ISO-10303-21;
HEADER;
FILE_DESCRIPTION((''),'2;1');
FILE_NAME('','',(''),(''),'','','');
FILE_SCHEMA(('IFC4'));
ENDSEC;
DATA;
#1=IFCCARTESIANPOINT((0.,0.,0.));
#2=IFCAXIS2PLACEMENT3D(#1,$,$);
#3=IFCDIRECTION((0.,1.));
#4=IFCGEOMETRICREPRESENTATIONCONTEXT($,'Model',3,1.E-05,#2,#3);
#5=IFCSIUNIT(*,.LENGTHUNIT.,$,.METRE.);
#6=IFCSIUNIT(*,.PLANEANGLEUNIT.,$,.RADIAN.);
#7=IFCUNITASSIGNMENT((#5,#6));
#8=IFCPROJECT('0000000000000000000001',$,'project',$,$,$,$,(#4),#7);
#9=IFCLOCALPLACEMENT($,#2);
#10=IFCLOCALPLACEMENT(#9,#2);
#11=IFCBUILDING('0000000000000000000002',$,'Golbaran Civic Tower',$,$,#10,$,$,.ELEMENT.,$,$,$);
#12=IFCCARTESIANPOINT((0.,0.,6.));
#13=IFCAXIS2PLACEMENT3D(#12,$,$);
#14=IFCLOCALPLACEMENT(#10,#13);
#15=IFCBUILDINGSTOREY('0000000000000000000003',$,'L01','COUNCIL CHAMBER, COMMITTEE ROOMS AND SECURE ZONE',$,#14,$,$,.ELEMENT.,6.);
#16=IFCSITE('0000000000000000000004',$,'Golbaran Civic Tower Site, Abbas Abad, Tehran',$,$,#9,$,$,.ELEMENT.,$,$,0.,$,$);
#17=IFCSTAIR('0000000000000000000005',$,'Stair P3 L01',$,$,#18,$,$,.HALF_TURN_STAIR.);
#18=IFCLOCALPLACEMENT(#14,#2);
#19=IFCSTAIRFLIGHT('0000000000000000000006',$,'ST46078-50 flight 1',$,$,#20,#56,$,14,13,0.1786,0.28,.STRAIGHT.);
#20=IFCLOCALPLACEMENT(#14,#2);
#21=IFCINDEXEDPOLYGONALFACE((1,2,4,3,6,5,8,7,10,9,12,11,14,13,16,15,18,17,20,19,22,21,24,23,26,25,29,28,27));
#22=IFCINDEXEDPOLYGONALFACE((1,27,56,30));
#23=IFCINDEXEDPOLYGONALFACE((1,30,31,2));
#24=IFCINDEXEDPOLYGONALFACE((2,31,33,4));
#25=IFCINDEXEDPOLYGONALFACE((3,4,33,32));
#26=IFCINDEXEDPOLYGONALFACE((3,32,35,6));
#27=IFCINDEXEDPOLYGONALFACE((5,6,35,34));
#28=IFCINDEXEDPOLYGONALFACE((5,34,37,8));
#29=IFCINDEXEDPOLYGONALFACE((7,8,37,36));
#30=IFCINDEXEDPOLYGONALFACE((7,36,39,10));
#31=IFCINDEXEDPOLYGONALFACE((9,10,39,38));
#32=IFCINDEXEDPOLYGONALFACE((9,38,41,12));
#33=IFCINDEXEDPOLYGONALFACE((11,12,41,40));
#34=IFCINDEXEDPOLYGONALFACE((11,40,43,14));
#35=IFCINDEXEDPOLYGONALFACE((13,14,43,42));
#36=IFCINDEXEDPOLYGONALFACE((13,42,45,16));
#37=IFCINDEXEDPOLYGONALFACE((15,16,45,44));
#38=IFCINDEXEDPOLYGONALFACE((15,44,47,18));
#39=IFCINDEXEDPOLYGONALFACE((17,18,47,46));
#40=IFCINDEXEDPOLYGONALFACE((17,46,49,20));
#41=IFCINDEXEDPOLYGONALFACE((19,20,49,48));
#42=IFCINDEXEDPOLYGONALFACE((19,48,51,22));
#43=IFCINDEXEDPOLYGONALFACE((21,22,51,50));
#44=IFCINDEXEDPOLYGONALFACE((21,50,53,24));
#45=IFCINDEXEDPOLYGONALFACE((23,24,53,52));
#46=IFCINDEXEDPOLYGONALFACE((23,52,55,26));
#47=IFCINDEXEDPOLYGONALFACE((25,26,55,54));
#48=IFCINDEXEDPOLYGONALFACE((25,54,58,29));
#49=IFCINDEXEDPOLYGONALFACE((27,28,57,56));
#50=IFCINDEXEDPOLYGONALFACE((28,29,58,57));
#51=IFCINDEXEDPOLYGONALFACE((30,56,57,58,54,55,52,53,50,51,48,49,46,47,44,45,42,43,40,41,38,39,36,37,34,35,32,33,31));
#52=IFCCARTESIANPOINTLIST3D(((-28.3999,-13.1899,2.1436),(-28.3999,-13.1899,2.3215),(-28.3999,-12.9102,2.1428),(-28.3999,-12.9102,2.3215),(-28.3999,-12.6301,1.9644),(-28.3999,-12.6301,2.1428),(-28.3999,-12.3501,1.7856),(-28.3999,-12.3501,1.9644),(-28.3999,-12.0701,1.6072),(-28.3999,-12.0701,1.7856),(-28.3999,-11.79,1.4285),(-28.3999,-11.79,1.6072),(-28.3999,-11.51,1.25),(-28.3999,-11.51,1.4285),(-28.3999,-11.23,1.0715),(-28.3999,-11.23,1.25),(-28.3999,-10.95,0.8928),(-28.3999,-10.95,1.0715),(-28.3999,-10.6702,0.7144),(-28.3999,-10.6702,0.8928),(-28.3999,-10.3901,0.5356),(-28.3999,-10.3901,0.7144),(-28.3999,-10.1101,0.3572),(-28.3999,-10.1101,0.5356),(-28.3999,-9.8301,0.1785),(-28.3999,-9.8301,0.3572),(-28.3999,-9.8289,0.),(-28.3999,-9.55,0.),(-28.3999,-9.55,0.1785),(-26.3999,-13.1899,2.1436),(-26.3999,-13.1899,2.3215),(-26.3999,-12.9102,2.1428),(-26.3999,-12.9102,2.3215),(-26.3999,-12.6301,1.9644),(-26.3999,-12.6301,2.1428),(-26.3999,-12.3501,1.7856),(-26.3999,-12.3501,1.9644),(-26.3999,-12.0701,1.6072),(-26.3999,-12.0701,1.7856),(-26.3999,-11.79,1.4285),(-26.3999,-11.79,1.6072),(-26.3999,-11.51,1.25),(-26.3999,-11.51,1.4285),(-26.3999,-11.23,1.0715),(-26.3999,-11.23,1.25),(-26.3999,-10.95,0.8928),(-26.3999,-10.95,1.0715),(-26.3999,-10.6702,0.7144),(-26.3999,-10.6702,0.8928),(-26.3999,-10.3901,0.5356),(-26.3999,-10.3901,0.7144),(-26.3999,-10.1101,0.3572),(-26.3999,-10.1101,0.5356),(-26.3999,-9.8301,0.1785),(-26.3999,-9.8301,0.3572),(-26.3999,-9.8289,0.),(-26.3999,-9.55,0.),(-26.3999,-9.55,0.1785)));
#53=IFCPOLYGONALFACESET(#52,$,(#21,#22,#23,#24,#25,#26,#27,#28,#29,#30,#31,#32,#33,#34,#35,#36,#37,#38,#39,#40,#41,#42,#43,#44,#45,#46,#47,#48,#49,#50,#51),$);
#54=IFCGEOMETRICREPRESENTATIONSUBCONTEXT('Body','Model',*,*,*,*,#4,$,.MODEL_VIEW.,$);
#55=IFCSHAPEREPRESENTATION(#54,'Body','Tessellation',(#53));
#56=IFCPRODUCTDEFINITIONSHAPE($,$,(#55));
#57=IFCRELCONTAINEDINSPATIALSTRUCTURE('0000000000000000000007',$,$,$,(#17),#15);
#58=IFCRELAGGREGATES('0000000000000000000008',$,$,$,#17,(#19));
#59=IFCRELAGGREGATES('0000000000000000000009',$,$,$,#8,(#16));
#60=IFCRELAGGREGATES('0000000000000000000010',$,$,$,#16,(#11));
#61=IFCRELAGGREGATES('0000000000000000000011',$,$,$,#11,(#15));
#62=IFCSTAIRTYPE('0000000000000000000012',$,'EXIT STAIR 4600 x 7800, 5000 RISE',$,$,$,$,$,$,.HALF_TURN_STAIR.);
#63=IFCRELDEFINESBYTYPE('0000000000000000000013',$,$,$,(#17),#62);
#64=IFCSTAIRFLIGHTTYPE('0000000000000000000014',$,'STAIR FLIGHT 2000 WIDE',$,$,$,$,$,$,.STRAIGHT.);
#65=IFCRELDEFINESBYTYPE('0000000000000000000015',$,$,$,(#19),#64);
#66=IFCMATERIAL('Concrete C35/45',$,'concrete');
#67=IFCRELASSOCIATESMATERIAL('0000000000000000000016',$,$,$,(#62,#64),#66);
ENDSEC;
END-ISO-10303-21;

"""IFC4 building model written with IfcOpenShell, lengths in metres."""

from ifc_helpers import new_model, si_unit, direction, frame, origin, place, context, subcontext, project, spatial, polyline, outline, extrude, material, type_object, element, aggregate, save


model = new_model("IFC4")

# Units and contexts
model_context = context("Model", 3, precision=1e-05, world=origin(), true_north=direction((0.0, 1.0)))
body_context = subcontext(model_context, "Body", "Model", "MODEL_VIEW")
ifc_project = project(units=[si_unit("LENGTHUNIT", "METRE"), si_unit("PLANEANGLEUNIT", "RADIAN")], contexts=[model_context])

# Site, building, storey
site_placement = place(None, origin())
site = spatial("IfcSite", under=ifc_project, at=site_placement, Name="Golbaran Civic Tower Site, Abbas Abad, Tehran", CompositionType="ELEMENT", RefElevation=0.0)
building_placement = place(site_placement, origin())
building = spatial("IfcBuilding", under=site, at=building_placement, Name="Golbaran Civic Tower", CompositionType="ELEMENT")
storey_placement = place(building_placement, frame((0.0, 0.0, 6.0)))
storey = spatial("IfcBuildingStorey", under=building, at=storey_placement, Name="L01", Description="COUNCIL CHAMBER, COMMITTEE ROOMS AND SECURE ZONE", CompositionType="ELEMENT", Elevation=6.0)

# Stair, stair flight
ifc_material_1 = material(Name="Concrete C35/45", Category="concrete")
stair_type = type_object("IfcStairType", Name="EXIT STAIR 4600 x 7800, 5000 RISE", PredefinedType="HALF_TURN_STAIR", material=ifc_material_1)
stair_placement = place(storey_placement, origin())
stair = element("IfcStair", 1, at=stair_placement, inside=storey, type_object=stair_type, Name="Stair P3 L01", PredefinedType="HALF_TURN_STAIR")
stair_flight_type = type_object("IfcStairFlightType", Name="STAIR FLIGHT 2000 WIDE", PredefinedType="STRAIGHT", material=ifc_material_1)
stair_flight_placement = place(storey_placement, frame((-27.3999, -9.55, 0.0), z_axis=(0.0, 0.0, 1.0), x_axis=(0.0, -1.0, 0.0)))
stair_flight = element("IfcStairFlight", 2, at=stair_flight_placement, type_object=stair_flight_type, Name="ST46078-50 flight 1", NumberOfRisers=14, NumberOfTreads=13, PredefinedType="STRAIGHT", RiserHeight=0.1786, TreadLength=0.28, context=body_context, shape_type="SweptSolid", body=[
    extrude(outline(polyline([(0.0, 0.0), (0.0, 0.1785), (0.28, 0.1785), (0.28, 0.3572), (0.5601, 0.3572), (0.5601, 0.5356), (0.8401, 0.5356), (0.8401, 0.7144), (1.1201, 0.7144), (1.1201, 0.8928), (1.3999, 0.8928), (1.3999, 1.0715), (1.6799, 1.0715), (1.6799, 1.25), (1.96, 1.25), (1.96, 1.4285), (2.24, 1.4285), (2.24, 1.6072), (2.52, 1.6072), (2.52, 1.7856), (2.8, 1.7856), (2.8, 1.9644), (3.0801, 1.9644), (3.0801, 2.1428), (3.3601, 2.1428), (3.3601, 2.3215), (3.6399, 2.3215), (3.6399, 2.5), (3.6399, 2.1436), (0.2788, 0.0), (0.0, 0.0)])), frame((0.0, 1.0, 0.0), z_axis=(0.0, -1.0, 0.0), x_axis=(1.0, 0.0, 0.0)), (0.0, 0.0, 1.0), 2.0),
])
aggregate(stair, [stair_flight])

save(model, "model.ifc")
